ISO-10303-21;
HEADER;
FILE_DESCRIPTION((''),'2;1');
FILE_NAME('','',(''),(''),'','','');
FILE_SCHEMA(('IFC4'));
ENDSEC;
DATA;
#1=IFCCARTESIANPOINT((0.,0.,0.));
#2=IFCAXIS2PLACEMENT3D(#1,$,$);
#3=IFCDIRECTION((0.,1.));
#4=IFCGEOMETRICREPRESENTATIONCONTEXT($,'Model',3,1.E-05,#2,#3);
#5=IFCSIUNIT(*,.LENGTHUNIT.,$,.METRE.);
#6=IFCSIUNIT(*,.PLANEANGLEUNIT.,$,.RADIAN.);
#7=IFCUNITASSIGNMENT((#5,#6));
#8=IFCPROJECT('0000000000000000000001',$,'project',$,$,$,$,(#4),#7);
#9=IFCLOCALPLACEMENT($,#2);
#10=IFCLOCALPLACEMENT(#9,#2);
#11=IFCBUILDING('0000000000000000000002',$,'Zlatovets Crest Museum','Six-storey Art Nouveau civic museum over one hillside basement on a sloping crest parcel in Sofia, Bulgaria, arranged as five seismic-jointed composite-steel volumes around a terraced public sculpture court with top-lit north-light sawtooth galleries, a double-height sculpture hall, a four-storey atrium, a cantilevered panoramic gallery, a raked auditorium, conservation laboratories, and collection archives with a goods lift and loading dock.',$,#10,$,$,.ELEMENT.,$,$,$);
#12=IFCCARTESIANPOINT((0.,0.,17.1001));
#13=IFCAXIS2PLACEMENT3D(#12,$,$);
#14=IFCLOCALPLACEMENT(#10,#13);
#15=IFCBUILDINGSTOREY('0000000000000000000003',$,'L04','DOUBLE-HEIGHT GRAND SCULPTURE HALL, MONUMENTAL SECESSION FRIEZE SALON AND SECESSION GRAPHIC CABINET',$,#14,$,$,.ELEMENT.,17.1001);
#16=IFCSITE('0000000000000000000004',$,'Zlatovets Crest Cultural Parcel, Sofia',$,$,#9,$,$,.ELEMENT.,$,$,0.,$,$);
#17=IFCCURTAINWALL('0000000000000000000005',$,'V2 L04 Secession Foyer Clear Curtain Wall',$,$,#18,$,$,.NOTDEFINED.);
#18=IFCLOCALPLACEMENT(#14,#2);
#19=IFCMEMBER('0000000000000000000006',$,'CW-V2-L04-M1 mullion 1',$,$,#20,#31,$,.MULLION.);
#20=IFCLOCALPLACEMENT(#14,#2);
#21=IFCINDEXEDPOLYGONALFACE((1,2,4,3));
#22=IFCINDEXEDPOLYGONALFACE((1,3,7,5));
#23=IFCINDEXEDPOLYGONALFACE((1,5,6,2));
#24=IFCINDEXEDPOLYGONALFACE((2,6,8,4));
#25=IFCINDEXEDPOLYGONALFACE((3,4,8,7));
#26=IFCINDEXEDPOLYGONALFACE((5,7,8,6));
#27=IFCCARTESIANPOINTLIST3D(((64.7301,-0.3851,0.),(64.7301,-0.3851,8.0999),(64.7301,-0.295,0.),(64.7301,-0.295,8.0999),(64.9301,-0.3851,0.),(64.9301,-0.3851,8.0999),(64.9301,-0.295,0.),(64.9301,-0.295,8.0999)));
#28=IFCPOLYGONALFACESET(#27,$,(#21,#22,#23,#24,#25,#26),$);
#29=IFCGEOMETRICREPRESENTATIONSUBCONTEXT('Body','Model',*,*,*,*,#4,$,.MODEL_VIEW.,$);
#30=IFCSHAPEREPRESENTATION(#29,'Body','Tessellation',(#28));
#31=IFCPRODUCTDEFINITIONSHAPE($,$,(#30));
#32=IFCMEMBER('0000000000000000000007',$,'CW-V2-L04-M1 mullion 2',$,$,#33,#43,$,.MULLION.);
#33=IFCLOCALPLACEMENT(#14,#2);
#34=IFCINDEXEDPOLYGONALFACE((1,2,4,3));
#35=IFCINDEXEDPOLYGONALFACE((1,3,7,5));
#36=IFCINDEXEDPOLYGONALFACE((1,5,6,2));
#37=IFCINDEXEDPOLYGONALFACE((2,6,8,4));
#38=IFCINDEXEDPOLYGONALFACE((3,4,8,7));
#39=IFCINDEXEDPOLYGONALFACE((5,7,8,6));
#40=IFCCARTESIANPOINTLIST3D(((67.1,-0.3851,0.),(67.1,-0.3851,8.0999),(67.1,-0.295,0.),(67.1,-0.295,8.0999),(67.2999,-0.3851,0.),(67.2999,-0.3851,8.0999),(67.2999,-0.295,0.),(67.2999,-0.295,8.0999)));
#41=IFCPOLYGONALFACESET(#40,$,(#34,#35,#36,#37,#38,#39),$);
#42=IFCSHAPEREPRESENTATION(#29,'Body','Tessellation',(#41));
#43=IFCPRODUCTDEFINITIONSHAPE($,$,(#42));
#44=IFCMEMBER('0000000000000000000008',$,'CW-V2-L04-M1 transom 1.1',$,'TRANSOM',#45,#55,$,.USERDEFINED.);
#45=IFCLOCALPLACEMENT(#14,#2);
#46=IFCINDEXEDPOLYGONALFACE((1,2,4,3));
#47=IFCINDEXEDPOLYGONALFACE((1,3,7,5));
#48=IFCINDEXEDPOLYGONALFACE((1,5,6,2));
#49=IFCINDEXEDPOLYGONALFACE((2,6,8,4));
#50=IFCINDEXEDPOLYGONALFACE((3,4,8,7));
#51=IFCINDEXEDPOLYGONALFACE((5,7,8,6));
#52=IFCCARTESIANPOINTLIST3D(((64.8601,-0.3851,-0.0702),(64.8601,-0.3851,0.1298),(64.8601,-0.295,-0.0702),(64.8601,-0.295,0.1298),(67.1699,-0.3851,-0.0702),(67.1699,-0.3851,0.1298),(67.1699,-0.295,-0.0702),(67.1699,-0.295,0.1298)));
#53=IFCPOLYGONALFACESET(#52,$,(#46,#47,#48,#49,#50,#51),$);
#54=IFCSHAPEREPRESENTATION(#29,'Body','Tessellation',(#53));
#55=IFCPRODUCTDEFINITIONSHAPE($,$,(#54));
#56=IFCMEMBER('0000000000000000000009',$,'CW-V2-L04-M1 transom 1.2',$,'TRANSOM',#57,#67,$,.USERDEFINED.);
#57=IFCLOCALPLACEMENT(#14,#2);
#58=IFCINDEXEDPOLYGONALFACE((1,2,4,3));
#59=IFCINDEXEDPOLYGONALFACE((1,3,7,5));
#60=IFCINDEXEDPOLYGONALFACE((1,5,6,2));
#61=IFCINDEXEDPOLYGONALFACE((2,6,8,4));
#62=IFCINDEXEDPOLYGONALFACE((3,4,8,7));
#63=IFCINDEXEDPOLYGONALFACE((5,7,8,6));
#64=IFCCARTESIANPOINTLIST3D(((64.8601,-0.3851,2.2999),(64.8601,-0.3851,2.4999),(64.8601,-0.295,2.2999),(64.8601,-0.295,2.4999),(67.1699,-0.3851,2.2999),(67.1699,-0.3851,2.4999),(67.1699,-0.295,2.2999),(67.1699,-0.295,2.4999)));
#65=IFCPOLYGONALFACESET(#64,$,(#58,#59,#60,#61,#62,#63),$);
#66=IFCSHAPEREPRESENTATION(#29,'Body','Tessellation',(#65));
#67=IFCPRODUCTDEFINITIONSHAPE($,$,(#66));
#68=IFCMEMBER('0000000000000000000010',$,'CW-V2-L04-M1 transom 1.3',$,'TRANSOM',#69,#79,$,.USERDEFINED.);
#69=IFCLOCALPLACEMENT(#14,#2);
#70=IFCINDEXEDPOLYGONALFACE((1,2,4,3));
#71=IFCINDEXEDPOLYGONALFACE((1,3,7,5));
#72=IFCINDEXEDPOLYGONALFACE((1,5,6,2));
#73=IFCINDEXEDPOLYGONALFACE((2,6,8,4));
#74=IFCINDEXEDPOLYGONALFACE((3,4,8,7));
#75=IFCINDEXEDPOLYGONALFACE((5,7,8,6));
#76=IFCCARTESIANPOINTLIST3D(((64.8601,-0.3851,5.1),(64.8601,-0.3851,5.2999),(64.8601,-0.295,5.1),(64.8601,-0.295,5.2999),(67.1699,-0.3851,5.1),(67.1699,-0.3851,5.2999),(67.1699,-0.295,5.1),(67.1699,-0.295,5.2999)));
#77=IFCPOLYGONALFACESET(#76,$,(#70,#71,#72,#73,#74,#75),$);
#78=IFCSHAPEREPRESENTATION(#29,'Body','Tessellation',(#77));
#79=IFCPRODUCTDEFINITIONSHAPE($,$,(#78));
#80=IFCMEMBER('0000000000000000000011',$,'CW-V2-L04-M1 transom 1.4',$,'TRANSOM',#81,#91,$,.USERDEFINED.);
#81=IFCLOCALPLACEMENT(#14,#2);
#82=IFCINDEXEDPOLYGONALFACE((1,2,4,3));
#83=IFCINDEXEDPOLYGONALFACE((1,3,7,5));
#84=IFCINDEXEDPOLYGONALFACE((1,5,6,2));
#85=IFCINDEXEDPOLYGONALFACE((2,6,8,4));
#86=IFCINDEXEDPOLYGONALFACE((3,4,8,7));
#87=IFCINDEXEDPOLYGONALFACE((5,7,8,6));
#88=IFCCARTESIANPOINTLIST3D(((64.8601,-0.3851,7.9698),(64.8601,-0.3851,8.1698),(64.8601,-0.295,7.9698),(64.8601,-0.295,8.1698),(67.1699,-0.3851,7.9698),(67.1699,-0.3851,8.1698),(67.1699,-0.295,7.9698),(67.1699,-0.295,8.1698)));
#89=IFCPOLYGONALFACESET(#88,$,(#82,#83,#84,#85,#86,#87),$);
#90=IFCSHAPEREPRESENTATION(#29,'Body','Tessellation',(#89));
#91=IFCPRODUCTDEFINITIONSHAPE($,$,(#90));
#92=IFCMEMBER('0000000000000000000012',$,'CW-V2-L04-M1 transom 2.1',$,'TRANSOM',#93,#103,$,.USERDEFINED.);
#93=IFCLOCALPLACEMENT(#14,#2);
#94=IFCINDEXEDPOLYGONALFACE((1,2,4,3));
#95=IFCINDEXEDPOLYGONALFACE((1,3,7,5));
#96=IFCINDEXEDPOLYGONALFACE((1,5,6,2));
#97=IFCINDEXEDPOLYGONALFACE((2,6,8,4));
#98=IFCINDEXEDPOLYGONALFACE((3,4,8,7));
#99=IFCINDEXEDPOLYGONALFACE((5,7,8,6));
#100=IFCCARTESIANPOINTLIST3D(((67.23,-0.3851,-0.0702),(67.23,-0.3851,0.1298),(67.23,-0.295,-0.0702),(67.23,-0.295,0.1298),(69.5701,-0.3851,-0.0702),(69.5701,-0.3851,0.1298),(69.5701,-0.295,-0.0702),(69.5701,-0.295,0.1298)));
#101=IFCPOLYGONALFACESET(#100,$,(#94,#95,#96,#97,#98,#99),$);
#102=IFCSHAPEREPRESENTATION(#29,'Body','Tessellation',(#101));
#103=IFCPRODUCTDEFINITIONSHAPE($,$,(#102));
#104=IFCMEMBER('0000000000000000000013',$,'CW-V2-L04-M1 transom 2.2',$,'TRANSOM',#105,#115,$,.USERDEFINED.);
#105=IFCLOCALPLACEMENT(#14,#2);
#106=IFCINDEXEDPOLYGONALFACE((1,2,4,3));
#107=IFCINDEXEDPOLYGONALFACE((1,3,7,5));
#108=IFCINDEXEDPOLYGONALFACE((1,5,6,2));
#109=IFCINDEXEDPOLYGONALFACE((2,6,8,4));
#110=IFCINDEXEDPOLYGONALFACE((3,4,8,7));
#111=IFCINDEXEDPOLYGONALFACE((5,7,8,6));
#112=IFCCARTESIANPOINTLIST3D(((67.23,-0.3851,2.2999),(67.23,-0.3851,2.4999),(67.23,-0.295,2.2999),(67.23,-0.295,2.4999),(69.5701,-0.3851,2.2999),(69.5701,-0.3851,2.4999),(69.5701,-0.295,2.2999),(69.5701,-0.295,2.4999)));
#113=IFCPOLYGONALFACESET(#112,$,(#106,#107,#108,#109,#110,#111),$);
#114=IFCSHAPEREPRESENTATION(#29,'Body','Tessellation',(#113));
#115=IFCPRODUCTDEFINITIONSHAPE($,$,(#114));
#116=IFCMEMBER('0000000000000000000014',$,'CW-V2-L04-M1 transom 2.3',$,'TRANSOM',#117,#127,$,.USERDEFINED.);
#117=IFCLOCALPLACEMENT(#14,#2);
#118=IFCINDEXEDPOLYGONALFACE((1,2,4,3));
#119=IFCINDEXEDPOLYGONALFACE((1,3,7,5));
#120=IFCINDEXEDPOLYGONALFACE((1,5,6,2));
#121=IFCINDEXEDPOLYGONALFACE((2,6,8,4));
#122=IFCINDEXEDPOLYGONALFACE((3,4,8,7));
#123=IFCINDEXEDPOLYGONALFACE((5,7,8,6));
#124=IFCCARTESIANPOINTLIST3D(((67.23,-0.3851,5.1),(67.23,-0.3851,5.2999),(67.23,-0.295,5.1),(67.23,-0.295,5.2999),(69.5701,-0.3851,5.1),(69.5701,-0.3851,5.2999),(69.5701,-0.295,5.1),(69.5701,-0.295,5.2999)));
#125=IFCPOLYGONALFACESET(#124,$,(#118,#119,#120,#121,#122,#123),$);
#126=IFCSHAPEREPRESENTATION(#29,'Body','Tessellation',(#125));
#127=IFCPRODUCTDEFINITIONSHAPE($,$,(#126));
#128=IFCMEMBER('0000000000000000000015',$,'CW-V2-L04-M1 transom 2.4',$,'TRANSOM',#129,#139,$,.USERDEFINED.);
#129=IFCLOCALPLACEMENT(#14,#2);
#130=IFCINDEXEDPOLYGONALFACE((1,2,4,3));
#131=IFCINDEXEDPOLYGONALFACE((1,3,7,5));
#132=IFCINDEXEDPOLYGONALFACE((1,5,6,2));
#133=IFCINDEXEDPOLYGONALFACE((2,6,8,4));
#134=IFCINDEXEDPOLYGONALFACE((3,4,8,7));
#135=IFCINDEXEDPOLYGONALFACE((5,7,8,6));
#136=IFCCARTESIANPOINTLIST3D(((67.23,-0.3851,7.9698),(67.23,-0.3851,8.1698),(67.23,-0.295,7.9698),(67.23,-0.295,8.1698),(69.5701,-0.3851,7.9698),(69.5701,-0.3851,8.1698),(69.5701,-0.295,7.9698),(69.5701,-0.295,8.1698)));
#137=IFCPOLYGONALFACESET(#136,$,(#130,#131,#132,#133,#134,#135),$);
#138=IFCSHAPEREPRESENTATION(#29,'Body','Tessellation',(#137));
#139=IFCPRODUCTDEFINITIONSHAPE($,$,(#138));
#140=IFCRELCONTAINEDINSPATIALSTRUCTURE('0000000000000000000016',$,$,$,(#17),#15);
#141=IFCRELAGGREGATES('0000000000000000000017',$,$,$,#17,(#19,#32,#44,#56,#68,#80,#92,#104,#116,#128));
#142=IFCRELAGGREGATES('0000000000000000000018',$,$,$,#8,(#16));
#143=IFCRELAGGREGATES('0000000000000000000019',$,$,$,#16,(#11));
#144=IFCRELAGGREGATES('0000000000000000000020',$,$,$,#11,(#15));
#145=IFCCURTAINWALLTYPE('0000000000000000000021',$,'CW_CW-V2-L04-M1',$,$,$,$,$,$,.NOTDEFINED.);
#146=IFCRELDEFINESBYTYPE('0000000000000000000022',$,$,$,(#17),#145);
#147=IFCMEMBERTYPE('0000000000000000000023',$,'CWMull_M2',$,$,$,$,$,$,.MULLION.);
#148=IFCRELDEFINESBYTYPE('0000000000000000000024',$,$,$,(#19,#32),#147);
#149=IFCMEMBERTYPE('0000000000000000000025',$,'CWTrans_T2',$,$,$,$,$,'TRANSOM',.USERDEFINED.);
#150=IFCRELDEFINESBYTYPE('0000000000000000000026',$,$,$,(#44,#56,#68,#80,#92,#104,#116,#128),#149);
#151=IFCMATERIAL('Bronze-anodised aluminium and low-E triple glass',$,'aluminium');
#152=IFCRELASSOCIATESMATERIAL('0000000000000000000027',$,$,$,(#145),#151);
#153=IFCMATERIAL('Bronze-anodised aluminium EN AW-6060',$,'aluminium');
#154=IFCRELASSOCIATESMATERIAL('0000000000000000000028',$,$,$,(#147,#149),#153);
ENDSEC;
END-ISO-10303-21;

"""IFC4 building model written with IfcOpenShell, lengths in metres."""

from ifc_helpers import new_model, si_unit, direction, frame, origin, origin_2d, place, context, subcontext, project, spatial, rectangle, extrude, material, material_profile, profile_set, type_object, element, aggregate, save


model = new_model("IFC4")

# Units and contexts
model_context = context("Model", 3, precision=1e-05, world=origin(), true_north=direction((0.0, 1.0)))
body_context = subcontext(model_context, "Body", "Model", "MODEL_VIEW")
ifc_project = project(units=[si_unit("LENGTHUNIT", "METRE"), si_unit("PLANEANGLEUNIT", "RADIAN")], contexts=[model_context])

# Site, building, storey
site_placement = place(None, origin())
site = spatial("IfcSite", under=ifc_project, at=site_placement, Name="Zlatovets Crest Cultural Parcel, Sofia", CompositionType="ELEMENT", RefElevation=0.0)
building_placement = place(site_placement, origin())
building = spatial("IfcBuilding", under=site, at=building_placement, Name="Zlatovets Crest Museum", Description="Six-storey Art Nouveau civic museum over one hillside basement on a sloping crest parcel in Sofia, Bulgaria, arranged as five seismic-jointed composite-steel volumes around a terraced public sculpture court with top-lit north-light sawtooth galleries, a double-height sculpture hall, a four-storey atrium, a cantilevered panoramic gallery, a raked auditorium, conservation laboratories, and collection archives with a goods lift and loading dock.", CompositionType="ELEMENT")
storey_placement = place(building_placement, frame((0.0, 0.0, 17.1001)))
storey = spatial("IfcBuildingStorey", under=building, at=storey_placement, Name="L04", Description="DOUBLE-HEIGHT GRAND SCULPTURE HALL, MONUMENTAL SECESSION FRIEZE SALON AND SECESSION GRAPHIC CABINET", CompositionType="ELEMENT", Elevation=17.1001)

# Curtain wall, members
ifc_material_1 = material(Name="Bronze-anodised aluminium and low-E triple glass", Category="aluminium")
curtain_wall_type = type_object("IfcCurtainWallType", Name="CW_CW-V2-L04-M1", PredefinedType="NOTDEFINED", material=ifc_material_1)
curtain_wall_placement = place(storey_placement, origin())
curtain_wall = element("IfcCurtainWall", 1, at=curtain_wall_placement, inside=storey, type_object=curtain_wall_type, Name="V2 L04 Secession Foyer Clear Curtain Wall", PredefinedType="NOTDEFINED")
ifc_material_2 = material(Name="Bronze-anodised aluminium EN AW-6060", Category="aluminium")
ifc_material_profile_1 = material_profile(ifc_material_2, rectangle(XDim=0.0901, YDim=0.2, at=origin_2d()), Name="ALU 90x200")
ifc_profile_set_1 = profile_set([ifc_material_profile_1], Name="Bronze-anodised aluminium EN AW-6060")
member_type_1 = type_object("IfcMemberType", Name="CWMull_M2", PredefinedType="MULLION", material=ifc_profile_set_1)
member_1_placement = place(storey_placement, frame((64.8301, -0.3401, 0.0), z_axis=(0.0, 0.0, 1.0), x_axis=(0.0, 1.0, 0.0)))
member_1 = element("IfcMember", 2, at=member_1_placement, type_object=member_type_1, Name="CW-V2-L04-M1 mullion 1", PredefinedType="MULLION", context=body_context, shape_type="SweptSolid", body=[
    extrude(rectangle(XDim=0.0901, YDim=0.2, at=origin_2d()), origin(), (0.0, 0.0, 1.0), 8.0999),
])
member_2_placement = place(storey_placement, frame((67.2, -0.3401, 0.0), z_axis=(0.0, 0.0, 1.0), x_axis=(0.0, 1.0, 0.0)))
member_2 = element("IfcMember", 3, at=member_2_placement, type_object=member_type_1, Name="CW-V2-L04-M1 mullion 2", PredefinedType="MULLION", context=body_context, shape_type="SweptSolid", body=[
    extrude(rectangle(XDim=0.0901, YDim=0.2, at=origin_2d()), origin(), (0.0, 0.0, 1.0), 8.0999),
])
ifc_material_profile_2 = material_profile(ifc_material_2, rectangle(XDim=0.0901, YDim=0.2, at=origin_2d()), Name="ALU 90x200")
ifc_profile_set_2 = profile_set([ifc_material_profile_2], Name="Bronze-anodised aluminium EN AW-6060")
member_type_2 = type_object("IfcMemberType", Name="CWTrans_T2", ElementType="TRANSOM", PredefinedType="USERDEFINED", material=ifc_profile_set_2)
member_3_placement = place(storey_placement, frame((64.8601, -0.3401, 0.0298), z_axis=(1.0, 0.0, 0.0), x_axis=(0.0, 1.0, 0.0)))
member_3 = element("IfcMember", 4, at=member_3_placement, type_object=member_type_2, Name="CW-V2-L04-M1 transom 1.1", ObjectType="TRANSOM", PredefinedType="USERDEFINED", context=body_context, shape_type="SweptSolid", body=[
    extrude(rectangle(XDim=0.0901, YDim=0.2, at=origin_2d()), origin(), (0.0, 0.0, 1.0), 2.3098),
])
member_4_placement = place(storey_placement, frame((64.8601, -0.3401, 2.3999), z_axis=(1.0, 0.0, 0.0), x_axis=(0.0, 1.0, 0.0)))
member_4 = element("IfcMember", 5, at=member_4_placement, type_object=member_type_2, Name="CW-V2-L04-M1 transom 1.2", ObjectType="TRANSOM", PredefinedType="USERDEFINED", context=body_context, shape_type="SweptSolid", body=[
    extrude(rectangle(XDim=0.0901, YDim=0.2, at=origin_2d()), origin(), (0.0, 0.0, 1.0), 2.3098),
])
member_5_placement = place(storey_placement, frame((64.8601, -0.3401, 5.2), z_axis=(1.0, 0.0, 0.0), x_axis=(0.0, 1.0, 0.0)))
member_5 = element("IfcMember", 6, at=member_5_placement, type_object=member_type_2, Name="CW-V2-L04-M1 transom 1.3", ObjectType="TRANSOM", PredefinedType="USERDEFINED", context=body_context, shape_type="SweptSolid", body=[
    extrude(rectangle(XDim=0.0901, YDim=0.2, at=origin_2d()), origin(), (0.0, 0.0, 1.0), 2.3098),
])
member_6_placement = place(storey_placement, frame((64.8601, -0.3401, 8.0698), z_axis=(1.0, 0.0, 0.0), x_axis=(0.0, 1.0, 0.0)))
member_6 = element("IfcMember", 7, at=member_6_placement, type_object=member_type_2, Name="CW-V2-L04-M1 transom 1.4", ObjectType="TRANSOM", PredefinedType="USERDEFINED", context=body_context, shape_type="SweptSolid", body=[
    extrude(rectangle(XDim=0.0901, YDim=0.2, at=origin_2d()), origin(), (0.0, 0.0, 1.0), 2.3098),
])
member_7_placement = place(storey_placement, frame((67.23, -0.3401, 0.0298), z_axis=(1.0, 0.0, 0.0), x_axis=(0.0, 1.0, 0.0)))
member_7 = element("IfcMember", 8, at=member_7_placement, type_object=member_type_2, Name="CW-V2-L04-M1 transom 2.1", ObjectType="TRANSOM", PredefinedType="USERDEFINED", context=body_context, shape_type="SweptSolid", body=[
    extrude(rectangle(XDim=0.0901, YDim=0.2, at=origin_2d()), origin(), (0.0, 0.0, 1.0), 2.3401),
])
member_8_placement = place(storey_placement, frame((67.23, -0.3401, 2.3999), z_axis=(1.0, 0.0, 0.0), x_axis=(0.0, 1.0, 0.0)))
member_8 = element("IfcMember", 9, at=member_8_placement, type_object=member_type_2, Name="CW-V2-L04-M1 transom 2.2", ObjectType="TRANSOM", PredefinedType="USERDEFINED", context=body_context, shape_type="SweptSolid", body=[
    extrude(rectangle(XDim=0.0901, YDim=0.2, at=origin_2d()), origin(), (0.0, 0.0, 1.0), 2.3401),
])
member_9_placement = place(storey_placement, frame((67.23, -0.3401, 5.2), z_axis=(1.0, 0.0, 0.0), x_axis=(0.0, 1.0, 0.0)))
member_9 = element("IfcMember", 10, at=member_9_placement, type_object=member_type_2, Name="CW-V2-L04-M1 transom 2.3", ObjectType="TRANSOM", PredefinedType="USERDEFINED", context=body_context, shape_type="SweptSolid", body=[
    extrude(rectangle(XDim=0.0901, YDim=0.2, at=origin_2d()), origin(), (0.0, 0.0, 1.0), 2.3401),
])
member_10_placement = place(storey_placement, frame((67.23, -0.3401, 8.0698), z_axis=(1.0, 0.0, 0.0), x_axis=(0.0, 1.0, 0.0)))
member_10 = element("IfcMember", 11, at=member_10_placement, type_object=member_type_2, Name="CW-V2-L04-M1 transom 2.4", ObjectType="TRANSOM", PredefinedType="USERDEFINED", context=body_context, shape_type="SweptSolid", body=[
    extrude(rectangle(XDim=0.0901, YDim=0.2, at=origin_2d()), origin(), (0.0, 0.0, 1.0), 2.3401),
])

aggregate(curtain_wall, [member_1, member_2, member_3, member_4, member_5, member_6, member_7, member_8, member_9, member_10])

save(model, "model.ifc")
